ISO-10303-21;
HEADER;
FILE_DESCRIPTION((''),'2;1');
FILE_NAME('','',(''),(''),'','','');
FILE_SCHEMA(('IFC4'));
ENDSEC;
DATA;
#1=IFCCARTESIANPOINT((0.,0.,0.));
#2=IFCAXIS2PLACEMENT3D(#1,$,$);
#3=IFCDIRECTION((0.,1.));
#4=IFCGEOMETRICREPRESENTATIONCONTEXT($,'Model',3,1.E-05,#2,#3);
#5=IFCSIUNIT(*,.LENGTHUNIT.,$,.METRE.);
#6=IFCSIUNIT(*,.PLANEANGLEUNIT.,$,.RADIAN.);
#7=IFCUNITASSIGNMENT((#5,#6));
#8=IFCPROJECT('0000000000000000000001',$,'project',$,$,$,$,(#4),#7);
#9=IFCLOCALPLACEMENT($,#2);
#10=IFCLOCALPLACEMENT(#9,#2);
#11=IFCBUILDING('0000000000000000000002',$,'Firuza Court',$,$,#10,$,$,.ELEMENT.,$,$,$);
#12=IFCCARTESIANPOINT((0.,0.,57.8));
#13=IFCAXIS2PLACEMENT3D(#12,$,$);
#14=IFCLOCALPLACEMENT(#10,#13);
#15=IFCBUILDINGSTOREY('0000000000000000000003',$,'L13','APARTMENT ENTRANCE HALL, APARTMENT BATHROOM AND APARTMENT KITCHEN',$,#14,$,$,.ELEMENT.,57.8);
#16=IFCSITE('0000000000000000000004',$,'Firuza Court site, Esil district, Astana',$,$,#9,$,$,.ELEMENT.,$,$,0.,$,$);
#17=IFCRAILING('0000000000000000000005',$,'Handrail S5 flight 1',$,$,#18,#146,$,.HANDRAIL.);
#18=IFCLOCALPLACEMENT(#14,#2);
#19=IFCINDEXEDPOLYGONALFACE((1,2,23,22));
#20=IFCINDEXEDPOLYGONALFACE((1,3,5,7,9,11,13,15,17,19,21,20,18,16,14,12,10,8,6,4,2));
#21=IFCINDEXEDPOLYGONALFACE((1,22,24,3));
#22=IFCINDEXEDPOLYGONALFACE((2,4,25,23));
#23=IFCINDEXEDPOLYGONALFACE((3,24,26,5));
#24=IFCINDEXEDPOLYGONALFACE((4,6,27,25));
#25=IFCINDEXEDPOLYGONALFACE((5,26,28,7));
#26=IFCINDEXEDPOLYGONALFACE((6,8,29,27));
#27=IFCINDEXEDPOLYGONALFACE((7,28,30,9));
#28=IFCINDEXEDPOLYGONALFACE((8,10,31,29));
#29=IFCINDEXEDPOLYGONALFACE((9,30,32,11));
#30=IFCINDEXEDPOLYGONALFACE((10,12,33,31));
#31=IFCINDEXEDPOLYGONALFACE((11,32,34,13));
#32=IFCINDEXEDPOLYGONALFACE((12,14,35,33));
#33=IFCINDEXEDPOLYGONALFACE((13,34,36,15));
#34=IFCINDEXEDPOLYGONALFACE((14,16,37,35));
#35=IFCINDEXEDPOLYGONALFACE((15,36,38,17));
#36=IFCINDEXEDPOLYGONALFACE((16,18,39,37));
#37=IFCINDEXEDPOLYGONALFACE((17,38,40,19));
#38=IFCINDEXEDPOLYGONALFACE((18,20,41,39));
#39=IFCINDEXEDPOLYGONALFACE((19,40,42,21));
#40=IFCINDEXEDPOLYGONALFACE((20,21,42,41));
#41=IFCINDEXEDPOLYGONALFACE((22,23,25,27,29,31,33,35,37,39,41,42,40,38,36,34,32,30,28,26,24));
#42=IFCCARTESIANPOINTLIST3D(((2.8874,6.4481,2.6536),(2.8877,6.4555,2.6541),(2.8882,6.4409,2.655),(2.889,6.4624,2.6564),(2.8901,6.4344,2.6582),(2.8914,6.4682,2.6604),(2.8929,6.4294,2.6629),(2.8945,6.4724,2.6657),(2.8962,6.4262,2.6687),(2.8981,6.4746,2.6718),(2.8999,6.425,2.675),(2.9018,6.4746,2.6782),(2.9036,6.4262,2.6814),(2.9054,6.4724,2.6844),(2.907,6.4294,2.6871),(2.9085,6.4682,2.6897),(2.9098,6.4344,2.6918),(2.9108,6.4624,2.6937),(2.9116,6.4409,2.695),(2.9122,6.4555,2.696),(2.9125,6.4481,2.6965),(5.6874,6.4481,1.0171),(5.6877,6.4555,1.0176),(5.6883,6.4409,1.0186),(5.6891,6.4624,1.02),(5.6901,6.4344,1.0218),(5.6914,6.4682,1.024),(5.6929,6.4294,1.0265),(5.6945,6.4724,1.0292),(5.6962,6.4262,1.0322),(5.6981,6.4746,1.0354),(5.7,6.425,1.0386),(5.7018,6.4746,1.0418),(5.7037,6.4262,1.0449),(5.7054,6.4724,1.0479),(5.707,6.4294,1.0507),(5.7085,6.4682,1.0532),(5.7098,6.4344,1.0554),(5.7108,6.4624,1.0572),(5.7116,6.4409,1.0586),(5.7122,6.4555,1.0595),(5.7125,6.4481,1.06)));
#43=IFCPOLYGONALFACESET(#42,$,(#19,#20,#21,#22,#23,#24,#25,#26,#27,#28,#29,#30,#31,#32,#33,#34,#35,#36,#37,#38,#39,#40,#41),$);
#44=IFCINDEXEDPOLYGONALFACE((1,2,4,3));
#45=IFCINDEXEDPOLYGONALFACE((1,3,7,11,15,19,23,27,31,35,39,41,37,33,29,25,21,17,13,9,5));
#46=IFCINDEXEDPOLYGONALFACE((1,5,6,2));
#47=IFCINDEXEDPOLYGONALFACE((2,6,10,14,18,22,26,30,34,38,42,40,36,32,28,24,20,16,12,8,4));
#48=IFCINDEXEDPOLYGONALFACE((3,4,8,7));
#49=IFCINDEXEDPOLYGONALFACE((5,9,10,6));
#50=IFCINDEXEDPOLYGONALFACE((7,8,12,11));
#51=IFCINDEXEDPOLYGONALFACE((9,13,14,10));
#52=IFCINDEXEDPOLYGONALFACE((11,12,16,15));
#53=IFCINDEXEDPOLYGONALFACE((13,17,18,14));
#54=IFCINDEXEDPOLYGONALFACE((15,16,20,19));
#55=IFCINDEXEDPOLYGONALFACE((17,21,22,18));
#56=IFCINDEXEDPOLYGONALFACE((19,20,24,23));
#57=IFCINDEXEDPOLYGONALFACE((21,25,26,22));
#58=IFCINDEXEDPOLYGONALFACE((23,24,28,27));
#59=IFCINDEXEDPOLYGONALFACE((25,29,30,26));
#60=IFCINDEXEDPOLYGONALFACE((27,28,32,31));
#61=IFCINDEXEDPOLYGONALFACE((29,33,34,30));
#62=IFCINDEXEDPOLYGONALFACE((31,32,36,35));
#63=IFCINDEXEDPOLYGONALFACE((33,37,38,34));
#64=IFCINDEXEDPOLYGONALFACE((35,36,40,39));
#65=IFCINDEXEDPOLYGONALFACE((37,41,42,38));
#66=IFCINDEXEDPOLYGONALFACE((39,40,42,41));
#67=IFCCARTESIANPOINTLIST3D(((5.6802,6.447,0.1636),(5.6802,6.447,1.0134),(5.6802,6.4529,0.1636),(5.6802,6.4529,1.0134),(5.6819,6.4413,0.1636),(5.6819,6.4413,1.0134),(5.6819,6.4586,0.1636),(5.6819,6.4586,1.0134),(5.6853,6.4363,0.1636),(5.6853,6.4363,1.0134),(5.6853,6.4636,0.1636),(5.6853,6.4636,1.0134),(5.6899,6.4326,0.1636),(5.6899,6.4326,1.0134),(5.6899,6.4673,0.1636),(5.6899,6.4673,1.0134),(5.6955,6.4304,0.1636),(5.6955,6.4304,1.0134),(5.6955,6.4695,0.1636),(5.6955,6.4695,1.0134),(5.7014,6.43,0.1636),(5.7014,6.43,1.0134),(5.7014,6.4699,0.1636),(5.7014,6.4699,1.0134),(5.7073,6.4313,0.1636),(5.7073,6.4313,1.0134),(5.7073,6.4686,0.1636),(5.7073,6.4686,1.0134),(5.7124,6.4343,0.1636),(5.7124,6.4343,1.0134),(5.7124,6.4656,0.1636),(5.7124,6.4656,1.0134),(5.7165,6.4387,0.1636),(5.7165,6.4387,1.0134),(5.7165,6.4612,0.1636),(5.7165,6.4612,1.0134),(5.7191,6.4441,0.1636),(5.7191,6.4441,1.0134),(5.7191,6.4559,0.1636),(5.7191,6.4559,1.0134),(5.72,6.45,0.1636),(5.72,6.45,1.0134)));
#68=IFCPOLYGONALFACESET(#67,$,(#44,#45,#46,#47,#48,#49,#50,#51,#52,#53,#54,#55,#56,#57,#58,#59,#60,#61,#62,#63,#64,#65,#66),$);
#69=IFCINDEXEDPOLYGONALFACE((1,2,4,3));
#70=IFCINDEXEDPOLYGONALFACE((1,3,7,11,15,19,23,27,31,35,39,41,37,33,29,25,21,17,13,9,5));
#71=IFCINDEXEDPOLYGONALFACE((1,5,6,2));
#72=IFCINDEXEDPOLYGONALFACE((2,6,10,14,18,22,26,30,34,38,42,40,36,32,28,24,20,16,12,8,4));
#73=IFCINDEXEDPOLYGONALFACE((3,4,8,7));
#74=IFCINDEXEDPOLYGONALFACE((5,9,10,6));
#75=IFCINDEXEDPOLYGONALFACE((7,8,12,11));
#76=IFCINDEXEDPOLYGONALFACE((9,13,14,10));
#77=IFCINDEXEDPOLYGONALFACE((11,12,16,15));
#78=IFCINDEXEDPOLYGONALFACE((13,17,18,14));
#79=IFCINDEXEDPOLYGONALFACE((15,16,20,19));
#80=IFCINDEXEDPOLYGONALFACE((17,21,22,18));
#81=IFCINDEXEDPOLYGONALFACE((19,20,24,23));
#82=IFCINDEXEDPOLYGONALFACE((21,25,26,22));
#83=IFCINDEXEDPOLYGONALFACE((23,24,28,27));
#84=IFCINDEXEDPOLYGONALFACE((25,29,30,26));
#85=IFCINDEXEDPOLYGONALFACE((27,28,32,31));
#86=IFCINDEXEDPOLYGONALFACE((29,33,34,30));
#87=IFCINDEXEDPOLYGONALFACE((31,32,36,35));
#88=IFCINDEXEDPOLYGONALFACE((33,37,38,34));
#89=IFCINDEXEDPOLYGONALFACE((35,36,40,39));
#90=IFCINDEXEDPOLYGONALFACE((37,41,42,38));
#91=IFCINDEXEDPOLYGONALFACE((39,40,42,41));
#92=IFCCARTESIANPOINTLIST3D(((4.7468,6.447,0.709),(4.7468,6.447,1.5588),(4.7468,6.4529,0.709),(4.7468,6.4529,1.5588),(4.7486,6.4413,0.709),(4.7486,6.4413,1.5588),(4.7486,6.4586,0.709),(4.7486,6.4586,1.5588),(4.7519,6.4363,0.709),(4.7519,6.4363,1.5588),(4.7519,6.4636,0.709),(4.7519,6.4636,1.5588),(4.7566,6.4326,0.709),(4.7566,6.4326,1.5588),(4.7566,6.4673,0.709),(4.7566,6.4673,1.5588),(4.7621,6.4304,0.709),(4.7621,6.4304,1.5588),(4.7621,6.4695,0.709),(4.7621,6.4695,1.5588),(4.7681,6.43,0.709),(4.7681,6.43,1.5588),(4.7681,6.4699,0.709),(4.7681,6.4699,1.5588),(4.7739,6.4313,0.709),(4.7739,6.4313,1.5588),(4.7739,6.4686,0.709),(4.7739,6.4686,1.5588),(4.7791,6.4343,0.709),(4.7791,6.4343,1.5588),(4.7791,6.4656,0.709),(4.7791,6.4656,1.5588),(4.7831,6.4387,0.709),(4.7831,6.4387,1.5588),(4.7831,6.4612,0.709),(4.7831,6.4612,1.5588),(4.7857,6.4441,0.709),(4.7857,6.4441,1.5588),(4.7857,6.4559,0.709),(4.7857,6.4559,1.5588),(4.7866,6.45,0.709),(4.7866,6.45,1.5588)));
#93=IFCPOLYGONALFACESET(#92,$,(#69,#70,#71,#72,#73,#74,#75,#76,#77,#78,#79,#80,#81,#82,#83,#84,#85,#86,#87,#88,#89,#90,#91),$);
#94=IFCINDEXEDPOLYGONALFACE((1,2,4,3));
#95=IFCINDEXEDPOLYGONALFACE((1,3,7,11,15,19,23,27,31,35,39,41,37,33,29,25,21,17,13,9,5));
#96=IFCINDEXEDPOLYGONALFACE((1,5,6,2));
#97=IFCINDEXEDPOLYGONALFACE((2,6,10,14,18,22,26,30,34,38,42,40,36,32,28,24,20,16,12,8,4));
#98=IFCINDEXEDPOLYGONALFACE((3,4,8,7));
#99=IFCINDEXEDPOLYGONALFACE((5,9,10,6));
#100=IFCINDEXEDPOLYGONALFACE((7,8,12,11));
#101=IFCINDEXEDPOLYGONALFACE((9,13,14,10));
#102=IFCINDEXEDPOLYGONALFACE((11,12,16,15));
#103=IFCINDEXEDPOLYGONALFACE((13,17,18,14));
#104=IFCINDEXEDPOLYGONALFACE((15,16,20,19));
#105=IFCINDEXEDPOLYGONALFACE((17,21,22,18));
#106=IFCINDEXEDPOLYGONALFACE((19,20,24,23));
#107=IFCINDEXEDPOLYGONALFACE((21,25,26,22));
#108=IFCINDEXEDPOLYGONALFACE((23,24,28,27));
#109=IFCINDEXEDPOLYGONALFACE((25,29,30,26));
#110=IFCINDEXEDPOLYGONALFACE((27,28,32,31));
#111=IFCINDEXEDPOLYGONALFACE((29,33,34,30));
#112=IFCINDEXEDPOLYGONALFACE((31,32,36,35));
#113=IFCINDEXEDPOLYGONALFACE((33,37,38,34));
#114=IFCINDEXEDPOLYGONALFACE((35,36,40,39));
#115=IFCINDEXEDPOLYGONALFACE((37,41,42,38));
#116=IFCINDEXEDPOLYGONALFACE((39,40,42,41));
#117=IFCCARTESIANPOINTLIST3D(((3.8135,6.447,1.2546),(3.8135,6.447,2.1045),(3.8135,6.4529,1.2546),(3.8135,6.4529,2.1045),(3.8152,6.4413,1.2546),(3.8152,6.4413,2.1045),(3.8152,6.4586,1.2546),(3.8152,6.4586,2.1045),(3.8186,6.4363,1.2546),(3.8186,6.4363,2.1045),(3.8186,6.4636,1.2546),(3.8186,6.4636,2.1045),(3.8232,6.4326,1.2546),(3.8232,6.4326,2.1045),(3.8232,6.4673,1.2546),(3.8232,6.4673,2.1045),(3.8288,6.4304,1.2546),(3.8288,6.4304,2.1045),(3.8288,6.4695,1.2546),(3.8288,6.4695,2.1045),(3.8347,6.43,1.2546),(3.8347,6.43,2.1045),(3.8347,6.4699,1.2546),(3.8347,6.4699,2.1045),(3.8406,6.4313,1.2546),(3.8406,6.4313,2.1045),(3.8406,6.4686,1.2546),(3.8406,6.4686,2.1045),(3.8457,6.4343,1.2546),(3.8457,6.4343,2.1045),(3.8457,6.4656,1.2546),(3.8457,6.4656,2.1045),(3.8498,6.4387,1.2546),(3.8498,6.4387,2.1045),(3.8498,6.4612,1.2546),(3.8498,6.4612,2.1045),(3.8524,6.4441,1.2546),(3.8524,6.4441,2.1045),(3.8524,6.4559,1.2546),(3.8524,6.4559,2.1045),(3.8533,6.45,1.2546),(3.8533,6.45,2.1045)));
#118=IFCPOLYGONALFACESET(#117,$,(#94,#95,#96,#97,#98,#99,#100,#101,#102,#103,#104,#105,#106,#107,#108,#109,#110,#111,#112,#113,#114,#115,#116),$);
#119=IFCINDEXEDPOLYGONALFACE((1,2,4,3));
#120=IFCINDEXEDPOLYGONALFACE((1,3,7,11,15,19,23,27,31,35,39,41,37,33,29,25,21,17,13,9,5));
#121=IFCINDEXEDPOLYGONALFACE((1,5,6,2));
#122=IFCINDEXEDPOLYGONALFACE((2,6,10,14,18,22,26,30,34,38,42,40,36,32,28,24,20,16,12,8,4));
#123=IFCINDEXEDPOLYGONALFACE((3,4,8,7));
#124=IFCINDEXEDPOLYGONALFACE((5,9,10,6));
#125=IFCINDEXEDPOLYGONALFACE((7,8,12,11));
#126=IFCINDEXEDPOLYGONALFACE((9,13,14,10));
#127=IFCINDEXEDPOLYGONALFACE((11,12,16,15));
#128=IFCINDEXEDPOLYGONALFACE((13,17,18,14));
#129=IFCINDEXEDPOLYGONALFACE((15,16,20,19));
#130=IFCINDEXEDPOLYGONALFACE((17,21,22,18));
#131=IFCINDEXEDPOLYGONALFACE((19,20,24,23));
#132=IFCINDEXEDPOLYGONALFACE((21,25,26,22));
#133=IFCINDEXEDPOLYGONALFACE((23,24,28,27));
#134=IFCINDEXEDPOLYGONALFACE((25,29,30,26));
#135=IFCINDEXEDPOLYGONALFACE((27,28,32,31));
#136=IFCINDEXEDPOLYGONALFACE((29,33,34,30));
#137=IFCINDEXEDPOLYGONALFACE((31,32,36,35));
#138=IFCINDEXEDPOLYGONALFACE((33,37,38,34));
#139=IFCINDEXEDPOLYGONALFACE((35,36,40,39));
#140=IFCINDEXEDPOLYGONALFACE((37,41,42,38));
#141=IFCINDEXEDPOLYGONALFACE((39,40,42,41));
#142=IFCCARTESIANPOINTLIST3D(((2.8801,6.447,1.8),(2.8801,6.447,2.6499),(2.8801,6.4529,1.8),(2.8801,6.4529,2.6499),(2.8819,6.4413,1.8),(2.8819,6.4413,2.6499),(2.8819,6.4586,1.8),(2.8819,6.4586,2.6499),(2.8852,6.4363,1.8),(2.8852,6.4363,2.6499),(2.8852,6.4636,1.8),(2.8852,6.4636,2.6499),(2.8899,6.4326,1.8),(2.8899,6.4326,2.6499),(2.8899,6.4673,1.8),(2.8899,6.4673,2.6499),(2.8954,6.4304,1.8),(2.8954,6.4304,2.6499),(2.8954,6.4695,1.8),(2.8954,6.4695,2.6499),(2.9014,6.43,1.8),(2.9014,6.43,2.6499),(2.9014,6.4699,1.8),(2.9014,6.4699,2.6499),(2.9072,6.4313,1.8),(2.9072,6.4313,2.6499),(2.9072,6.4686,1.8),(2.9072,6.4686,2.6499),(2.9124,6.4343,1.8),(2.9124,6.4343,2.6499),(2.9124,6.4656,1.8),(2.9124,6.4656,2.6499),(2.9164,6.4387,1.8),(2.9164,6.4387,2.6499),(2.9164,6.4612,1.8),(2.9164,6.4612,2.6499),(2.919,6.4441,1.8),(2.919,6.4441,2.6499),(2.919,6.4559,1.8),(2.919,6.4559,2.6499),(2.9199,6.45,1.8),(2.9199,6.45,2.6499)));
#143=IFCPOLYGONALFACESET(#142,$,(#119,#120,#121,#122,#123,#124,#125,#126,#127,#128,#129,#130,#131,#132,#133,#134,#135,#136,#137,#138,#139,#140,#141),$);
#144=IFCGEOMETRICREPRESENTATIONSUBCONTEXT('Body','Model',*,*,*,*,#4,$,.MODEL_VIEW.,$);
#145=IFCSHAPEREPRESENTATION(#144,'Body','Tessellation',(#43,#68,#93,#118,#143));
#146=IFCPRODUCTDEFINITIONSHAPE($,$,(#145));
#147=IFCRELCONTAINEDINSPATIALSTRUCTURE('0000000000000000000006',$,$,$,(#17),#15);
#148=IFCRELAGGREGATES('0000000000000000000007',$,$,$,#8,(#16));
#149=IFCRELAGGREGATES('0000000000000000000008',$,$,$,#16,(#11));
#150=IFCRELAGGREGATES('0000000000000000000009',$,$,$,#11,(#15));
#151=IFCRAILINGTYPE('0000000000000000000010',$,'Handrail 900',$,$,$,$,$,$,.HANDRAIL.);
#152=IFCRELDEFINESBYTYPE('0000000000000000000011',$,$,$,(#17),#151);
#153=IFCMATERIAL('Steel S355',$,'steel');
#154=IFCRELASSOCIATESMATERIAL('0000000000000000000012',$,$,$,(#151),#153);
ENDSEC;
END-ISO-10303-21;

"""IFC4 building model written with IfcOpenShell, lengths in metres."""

from ifc_helpers import new_model, si_unit, direction, frame, origin, origin_2d, place, context, subcontext, project, spatial, circle, extrude, material, type_object, element, save


model = new_model("IFC4")

# Units and contexts
model_context = context("Model", 3, precision=1e-05, world=origin(), true_north=direction((0.0, 1.0)))
body_context = subcontext(model_context, "Body", "Model", "MODEL_VIEW")
ifc_project = project(units=[si_unit("LENGTHUNIT", "METRE"), si_unit("PLANEANGLEUNIT", "RADIAN")], contexts=[model_context])

# Site, building, storey
site_placement = place(None, origin())
site = spatial("IfcSite", under=ifc_project, at=site_placement, Name="Firuza Court site, Esil district, Astana", CompositionType="ELEMENT", RefElevation=0.0)
building_placement = place(site_placement, origin())
building = spatial("IfcBuilding", under=site, at=building_placement, Name="Firuza Court", CompositionType="ELEMENT")
storey_placement = place(building_placement, frame((0.0, 0.0, 57.8)))
storey = spatial("IfcBuildingStorey", under=building, at=storey_placement, Name="L13", Description="APARTMENT ENTRANCE HALL, APARTMENT BATHROOM AND APARTMENT KITCHEN", CompositionType="ELEMENT", Elevation=57.8)

# Railing
ifc_material_1 = material(Name="Steel S355", Category="steel")
railing_type_1 = type_object("IfcRailingType", Name="Handrail 900", PredefinedType="HANDRAIL", material=ifc_material_1)
railing_1_placement = place(storey_placement, frame((5.7, 6.45, 0.1636)))
element("IfcRailing", 1, at=railing_1_placement, inside=storey, type_object=railing_type_1, Name="Handrail S5 flight 1", PredefinedType="HANDRAIL", context=body_context, shape_type="SweptSolid", body=[
    extrude(circle(Radius=0.0249, at=origin_2d()), frame((0.0, 0.0, 0.875), z_axis=(-0.863361, 0.0, 0.504587), x_axis=(0.0, -1.0, 0.0)), (0.0, 0.0, 1.0), 3.2432),
    extrude(circle(Radius=0.02, at=origin_2d()), origin(), (0.0, 0.0, 1.0), 0.8499),
    extrude(circle(Radius=0.02, at=origin_2d()), frame((-0.9333, 0.0, 0.5454)), (0.0, 0.0, 1.0), 0.8499),
    extrude(circle(Radius=0.02, at=origin_2d()), frame((-1.8667, 0.0, 1.0911)), (0.0, 0.0, 1.0), 0.8499),
    extrude(circle(Radius=0.02, at=origin_2d()), frame((-2.8, 0.0, 1.6365)), (0.0, 0.0, 1.0), 0.8499),
])

save(model, "model.ifc")
